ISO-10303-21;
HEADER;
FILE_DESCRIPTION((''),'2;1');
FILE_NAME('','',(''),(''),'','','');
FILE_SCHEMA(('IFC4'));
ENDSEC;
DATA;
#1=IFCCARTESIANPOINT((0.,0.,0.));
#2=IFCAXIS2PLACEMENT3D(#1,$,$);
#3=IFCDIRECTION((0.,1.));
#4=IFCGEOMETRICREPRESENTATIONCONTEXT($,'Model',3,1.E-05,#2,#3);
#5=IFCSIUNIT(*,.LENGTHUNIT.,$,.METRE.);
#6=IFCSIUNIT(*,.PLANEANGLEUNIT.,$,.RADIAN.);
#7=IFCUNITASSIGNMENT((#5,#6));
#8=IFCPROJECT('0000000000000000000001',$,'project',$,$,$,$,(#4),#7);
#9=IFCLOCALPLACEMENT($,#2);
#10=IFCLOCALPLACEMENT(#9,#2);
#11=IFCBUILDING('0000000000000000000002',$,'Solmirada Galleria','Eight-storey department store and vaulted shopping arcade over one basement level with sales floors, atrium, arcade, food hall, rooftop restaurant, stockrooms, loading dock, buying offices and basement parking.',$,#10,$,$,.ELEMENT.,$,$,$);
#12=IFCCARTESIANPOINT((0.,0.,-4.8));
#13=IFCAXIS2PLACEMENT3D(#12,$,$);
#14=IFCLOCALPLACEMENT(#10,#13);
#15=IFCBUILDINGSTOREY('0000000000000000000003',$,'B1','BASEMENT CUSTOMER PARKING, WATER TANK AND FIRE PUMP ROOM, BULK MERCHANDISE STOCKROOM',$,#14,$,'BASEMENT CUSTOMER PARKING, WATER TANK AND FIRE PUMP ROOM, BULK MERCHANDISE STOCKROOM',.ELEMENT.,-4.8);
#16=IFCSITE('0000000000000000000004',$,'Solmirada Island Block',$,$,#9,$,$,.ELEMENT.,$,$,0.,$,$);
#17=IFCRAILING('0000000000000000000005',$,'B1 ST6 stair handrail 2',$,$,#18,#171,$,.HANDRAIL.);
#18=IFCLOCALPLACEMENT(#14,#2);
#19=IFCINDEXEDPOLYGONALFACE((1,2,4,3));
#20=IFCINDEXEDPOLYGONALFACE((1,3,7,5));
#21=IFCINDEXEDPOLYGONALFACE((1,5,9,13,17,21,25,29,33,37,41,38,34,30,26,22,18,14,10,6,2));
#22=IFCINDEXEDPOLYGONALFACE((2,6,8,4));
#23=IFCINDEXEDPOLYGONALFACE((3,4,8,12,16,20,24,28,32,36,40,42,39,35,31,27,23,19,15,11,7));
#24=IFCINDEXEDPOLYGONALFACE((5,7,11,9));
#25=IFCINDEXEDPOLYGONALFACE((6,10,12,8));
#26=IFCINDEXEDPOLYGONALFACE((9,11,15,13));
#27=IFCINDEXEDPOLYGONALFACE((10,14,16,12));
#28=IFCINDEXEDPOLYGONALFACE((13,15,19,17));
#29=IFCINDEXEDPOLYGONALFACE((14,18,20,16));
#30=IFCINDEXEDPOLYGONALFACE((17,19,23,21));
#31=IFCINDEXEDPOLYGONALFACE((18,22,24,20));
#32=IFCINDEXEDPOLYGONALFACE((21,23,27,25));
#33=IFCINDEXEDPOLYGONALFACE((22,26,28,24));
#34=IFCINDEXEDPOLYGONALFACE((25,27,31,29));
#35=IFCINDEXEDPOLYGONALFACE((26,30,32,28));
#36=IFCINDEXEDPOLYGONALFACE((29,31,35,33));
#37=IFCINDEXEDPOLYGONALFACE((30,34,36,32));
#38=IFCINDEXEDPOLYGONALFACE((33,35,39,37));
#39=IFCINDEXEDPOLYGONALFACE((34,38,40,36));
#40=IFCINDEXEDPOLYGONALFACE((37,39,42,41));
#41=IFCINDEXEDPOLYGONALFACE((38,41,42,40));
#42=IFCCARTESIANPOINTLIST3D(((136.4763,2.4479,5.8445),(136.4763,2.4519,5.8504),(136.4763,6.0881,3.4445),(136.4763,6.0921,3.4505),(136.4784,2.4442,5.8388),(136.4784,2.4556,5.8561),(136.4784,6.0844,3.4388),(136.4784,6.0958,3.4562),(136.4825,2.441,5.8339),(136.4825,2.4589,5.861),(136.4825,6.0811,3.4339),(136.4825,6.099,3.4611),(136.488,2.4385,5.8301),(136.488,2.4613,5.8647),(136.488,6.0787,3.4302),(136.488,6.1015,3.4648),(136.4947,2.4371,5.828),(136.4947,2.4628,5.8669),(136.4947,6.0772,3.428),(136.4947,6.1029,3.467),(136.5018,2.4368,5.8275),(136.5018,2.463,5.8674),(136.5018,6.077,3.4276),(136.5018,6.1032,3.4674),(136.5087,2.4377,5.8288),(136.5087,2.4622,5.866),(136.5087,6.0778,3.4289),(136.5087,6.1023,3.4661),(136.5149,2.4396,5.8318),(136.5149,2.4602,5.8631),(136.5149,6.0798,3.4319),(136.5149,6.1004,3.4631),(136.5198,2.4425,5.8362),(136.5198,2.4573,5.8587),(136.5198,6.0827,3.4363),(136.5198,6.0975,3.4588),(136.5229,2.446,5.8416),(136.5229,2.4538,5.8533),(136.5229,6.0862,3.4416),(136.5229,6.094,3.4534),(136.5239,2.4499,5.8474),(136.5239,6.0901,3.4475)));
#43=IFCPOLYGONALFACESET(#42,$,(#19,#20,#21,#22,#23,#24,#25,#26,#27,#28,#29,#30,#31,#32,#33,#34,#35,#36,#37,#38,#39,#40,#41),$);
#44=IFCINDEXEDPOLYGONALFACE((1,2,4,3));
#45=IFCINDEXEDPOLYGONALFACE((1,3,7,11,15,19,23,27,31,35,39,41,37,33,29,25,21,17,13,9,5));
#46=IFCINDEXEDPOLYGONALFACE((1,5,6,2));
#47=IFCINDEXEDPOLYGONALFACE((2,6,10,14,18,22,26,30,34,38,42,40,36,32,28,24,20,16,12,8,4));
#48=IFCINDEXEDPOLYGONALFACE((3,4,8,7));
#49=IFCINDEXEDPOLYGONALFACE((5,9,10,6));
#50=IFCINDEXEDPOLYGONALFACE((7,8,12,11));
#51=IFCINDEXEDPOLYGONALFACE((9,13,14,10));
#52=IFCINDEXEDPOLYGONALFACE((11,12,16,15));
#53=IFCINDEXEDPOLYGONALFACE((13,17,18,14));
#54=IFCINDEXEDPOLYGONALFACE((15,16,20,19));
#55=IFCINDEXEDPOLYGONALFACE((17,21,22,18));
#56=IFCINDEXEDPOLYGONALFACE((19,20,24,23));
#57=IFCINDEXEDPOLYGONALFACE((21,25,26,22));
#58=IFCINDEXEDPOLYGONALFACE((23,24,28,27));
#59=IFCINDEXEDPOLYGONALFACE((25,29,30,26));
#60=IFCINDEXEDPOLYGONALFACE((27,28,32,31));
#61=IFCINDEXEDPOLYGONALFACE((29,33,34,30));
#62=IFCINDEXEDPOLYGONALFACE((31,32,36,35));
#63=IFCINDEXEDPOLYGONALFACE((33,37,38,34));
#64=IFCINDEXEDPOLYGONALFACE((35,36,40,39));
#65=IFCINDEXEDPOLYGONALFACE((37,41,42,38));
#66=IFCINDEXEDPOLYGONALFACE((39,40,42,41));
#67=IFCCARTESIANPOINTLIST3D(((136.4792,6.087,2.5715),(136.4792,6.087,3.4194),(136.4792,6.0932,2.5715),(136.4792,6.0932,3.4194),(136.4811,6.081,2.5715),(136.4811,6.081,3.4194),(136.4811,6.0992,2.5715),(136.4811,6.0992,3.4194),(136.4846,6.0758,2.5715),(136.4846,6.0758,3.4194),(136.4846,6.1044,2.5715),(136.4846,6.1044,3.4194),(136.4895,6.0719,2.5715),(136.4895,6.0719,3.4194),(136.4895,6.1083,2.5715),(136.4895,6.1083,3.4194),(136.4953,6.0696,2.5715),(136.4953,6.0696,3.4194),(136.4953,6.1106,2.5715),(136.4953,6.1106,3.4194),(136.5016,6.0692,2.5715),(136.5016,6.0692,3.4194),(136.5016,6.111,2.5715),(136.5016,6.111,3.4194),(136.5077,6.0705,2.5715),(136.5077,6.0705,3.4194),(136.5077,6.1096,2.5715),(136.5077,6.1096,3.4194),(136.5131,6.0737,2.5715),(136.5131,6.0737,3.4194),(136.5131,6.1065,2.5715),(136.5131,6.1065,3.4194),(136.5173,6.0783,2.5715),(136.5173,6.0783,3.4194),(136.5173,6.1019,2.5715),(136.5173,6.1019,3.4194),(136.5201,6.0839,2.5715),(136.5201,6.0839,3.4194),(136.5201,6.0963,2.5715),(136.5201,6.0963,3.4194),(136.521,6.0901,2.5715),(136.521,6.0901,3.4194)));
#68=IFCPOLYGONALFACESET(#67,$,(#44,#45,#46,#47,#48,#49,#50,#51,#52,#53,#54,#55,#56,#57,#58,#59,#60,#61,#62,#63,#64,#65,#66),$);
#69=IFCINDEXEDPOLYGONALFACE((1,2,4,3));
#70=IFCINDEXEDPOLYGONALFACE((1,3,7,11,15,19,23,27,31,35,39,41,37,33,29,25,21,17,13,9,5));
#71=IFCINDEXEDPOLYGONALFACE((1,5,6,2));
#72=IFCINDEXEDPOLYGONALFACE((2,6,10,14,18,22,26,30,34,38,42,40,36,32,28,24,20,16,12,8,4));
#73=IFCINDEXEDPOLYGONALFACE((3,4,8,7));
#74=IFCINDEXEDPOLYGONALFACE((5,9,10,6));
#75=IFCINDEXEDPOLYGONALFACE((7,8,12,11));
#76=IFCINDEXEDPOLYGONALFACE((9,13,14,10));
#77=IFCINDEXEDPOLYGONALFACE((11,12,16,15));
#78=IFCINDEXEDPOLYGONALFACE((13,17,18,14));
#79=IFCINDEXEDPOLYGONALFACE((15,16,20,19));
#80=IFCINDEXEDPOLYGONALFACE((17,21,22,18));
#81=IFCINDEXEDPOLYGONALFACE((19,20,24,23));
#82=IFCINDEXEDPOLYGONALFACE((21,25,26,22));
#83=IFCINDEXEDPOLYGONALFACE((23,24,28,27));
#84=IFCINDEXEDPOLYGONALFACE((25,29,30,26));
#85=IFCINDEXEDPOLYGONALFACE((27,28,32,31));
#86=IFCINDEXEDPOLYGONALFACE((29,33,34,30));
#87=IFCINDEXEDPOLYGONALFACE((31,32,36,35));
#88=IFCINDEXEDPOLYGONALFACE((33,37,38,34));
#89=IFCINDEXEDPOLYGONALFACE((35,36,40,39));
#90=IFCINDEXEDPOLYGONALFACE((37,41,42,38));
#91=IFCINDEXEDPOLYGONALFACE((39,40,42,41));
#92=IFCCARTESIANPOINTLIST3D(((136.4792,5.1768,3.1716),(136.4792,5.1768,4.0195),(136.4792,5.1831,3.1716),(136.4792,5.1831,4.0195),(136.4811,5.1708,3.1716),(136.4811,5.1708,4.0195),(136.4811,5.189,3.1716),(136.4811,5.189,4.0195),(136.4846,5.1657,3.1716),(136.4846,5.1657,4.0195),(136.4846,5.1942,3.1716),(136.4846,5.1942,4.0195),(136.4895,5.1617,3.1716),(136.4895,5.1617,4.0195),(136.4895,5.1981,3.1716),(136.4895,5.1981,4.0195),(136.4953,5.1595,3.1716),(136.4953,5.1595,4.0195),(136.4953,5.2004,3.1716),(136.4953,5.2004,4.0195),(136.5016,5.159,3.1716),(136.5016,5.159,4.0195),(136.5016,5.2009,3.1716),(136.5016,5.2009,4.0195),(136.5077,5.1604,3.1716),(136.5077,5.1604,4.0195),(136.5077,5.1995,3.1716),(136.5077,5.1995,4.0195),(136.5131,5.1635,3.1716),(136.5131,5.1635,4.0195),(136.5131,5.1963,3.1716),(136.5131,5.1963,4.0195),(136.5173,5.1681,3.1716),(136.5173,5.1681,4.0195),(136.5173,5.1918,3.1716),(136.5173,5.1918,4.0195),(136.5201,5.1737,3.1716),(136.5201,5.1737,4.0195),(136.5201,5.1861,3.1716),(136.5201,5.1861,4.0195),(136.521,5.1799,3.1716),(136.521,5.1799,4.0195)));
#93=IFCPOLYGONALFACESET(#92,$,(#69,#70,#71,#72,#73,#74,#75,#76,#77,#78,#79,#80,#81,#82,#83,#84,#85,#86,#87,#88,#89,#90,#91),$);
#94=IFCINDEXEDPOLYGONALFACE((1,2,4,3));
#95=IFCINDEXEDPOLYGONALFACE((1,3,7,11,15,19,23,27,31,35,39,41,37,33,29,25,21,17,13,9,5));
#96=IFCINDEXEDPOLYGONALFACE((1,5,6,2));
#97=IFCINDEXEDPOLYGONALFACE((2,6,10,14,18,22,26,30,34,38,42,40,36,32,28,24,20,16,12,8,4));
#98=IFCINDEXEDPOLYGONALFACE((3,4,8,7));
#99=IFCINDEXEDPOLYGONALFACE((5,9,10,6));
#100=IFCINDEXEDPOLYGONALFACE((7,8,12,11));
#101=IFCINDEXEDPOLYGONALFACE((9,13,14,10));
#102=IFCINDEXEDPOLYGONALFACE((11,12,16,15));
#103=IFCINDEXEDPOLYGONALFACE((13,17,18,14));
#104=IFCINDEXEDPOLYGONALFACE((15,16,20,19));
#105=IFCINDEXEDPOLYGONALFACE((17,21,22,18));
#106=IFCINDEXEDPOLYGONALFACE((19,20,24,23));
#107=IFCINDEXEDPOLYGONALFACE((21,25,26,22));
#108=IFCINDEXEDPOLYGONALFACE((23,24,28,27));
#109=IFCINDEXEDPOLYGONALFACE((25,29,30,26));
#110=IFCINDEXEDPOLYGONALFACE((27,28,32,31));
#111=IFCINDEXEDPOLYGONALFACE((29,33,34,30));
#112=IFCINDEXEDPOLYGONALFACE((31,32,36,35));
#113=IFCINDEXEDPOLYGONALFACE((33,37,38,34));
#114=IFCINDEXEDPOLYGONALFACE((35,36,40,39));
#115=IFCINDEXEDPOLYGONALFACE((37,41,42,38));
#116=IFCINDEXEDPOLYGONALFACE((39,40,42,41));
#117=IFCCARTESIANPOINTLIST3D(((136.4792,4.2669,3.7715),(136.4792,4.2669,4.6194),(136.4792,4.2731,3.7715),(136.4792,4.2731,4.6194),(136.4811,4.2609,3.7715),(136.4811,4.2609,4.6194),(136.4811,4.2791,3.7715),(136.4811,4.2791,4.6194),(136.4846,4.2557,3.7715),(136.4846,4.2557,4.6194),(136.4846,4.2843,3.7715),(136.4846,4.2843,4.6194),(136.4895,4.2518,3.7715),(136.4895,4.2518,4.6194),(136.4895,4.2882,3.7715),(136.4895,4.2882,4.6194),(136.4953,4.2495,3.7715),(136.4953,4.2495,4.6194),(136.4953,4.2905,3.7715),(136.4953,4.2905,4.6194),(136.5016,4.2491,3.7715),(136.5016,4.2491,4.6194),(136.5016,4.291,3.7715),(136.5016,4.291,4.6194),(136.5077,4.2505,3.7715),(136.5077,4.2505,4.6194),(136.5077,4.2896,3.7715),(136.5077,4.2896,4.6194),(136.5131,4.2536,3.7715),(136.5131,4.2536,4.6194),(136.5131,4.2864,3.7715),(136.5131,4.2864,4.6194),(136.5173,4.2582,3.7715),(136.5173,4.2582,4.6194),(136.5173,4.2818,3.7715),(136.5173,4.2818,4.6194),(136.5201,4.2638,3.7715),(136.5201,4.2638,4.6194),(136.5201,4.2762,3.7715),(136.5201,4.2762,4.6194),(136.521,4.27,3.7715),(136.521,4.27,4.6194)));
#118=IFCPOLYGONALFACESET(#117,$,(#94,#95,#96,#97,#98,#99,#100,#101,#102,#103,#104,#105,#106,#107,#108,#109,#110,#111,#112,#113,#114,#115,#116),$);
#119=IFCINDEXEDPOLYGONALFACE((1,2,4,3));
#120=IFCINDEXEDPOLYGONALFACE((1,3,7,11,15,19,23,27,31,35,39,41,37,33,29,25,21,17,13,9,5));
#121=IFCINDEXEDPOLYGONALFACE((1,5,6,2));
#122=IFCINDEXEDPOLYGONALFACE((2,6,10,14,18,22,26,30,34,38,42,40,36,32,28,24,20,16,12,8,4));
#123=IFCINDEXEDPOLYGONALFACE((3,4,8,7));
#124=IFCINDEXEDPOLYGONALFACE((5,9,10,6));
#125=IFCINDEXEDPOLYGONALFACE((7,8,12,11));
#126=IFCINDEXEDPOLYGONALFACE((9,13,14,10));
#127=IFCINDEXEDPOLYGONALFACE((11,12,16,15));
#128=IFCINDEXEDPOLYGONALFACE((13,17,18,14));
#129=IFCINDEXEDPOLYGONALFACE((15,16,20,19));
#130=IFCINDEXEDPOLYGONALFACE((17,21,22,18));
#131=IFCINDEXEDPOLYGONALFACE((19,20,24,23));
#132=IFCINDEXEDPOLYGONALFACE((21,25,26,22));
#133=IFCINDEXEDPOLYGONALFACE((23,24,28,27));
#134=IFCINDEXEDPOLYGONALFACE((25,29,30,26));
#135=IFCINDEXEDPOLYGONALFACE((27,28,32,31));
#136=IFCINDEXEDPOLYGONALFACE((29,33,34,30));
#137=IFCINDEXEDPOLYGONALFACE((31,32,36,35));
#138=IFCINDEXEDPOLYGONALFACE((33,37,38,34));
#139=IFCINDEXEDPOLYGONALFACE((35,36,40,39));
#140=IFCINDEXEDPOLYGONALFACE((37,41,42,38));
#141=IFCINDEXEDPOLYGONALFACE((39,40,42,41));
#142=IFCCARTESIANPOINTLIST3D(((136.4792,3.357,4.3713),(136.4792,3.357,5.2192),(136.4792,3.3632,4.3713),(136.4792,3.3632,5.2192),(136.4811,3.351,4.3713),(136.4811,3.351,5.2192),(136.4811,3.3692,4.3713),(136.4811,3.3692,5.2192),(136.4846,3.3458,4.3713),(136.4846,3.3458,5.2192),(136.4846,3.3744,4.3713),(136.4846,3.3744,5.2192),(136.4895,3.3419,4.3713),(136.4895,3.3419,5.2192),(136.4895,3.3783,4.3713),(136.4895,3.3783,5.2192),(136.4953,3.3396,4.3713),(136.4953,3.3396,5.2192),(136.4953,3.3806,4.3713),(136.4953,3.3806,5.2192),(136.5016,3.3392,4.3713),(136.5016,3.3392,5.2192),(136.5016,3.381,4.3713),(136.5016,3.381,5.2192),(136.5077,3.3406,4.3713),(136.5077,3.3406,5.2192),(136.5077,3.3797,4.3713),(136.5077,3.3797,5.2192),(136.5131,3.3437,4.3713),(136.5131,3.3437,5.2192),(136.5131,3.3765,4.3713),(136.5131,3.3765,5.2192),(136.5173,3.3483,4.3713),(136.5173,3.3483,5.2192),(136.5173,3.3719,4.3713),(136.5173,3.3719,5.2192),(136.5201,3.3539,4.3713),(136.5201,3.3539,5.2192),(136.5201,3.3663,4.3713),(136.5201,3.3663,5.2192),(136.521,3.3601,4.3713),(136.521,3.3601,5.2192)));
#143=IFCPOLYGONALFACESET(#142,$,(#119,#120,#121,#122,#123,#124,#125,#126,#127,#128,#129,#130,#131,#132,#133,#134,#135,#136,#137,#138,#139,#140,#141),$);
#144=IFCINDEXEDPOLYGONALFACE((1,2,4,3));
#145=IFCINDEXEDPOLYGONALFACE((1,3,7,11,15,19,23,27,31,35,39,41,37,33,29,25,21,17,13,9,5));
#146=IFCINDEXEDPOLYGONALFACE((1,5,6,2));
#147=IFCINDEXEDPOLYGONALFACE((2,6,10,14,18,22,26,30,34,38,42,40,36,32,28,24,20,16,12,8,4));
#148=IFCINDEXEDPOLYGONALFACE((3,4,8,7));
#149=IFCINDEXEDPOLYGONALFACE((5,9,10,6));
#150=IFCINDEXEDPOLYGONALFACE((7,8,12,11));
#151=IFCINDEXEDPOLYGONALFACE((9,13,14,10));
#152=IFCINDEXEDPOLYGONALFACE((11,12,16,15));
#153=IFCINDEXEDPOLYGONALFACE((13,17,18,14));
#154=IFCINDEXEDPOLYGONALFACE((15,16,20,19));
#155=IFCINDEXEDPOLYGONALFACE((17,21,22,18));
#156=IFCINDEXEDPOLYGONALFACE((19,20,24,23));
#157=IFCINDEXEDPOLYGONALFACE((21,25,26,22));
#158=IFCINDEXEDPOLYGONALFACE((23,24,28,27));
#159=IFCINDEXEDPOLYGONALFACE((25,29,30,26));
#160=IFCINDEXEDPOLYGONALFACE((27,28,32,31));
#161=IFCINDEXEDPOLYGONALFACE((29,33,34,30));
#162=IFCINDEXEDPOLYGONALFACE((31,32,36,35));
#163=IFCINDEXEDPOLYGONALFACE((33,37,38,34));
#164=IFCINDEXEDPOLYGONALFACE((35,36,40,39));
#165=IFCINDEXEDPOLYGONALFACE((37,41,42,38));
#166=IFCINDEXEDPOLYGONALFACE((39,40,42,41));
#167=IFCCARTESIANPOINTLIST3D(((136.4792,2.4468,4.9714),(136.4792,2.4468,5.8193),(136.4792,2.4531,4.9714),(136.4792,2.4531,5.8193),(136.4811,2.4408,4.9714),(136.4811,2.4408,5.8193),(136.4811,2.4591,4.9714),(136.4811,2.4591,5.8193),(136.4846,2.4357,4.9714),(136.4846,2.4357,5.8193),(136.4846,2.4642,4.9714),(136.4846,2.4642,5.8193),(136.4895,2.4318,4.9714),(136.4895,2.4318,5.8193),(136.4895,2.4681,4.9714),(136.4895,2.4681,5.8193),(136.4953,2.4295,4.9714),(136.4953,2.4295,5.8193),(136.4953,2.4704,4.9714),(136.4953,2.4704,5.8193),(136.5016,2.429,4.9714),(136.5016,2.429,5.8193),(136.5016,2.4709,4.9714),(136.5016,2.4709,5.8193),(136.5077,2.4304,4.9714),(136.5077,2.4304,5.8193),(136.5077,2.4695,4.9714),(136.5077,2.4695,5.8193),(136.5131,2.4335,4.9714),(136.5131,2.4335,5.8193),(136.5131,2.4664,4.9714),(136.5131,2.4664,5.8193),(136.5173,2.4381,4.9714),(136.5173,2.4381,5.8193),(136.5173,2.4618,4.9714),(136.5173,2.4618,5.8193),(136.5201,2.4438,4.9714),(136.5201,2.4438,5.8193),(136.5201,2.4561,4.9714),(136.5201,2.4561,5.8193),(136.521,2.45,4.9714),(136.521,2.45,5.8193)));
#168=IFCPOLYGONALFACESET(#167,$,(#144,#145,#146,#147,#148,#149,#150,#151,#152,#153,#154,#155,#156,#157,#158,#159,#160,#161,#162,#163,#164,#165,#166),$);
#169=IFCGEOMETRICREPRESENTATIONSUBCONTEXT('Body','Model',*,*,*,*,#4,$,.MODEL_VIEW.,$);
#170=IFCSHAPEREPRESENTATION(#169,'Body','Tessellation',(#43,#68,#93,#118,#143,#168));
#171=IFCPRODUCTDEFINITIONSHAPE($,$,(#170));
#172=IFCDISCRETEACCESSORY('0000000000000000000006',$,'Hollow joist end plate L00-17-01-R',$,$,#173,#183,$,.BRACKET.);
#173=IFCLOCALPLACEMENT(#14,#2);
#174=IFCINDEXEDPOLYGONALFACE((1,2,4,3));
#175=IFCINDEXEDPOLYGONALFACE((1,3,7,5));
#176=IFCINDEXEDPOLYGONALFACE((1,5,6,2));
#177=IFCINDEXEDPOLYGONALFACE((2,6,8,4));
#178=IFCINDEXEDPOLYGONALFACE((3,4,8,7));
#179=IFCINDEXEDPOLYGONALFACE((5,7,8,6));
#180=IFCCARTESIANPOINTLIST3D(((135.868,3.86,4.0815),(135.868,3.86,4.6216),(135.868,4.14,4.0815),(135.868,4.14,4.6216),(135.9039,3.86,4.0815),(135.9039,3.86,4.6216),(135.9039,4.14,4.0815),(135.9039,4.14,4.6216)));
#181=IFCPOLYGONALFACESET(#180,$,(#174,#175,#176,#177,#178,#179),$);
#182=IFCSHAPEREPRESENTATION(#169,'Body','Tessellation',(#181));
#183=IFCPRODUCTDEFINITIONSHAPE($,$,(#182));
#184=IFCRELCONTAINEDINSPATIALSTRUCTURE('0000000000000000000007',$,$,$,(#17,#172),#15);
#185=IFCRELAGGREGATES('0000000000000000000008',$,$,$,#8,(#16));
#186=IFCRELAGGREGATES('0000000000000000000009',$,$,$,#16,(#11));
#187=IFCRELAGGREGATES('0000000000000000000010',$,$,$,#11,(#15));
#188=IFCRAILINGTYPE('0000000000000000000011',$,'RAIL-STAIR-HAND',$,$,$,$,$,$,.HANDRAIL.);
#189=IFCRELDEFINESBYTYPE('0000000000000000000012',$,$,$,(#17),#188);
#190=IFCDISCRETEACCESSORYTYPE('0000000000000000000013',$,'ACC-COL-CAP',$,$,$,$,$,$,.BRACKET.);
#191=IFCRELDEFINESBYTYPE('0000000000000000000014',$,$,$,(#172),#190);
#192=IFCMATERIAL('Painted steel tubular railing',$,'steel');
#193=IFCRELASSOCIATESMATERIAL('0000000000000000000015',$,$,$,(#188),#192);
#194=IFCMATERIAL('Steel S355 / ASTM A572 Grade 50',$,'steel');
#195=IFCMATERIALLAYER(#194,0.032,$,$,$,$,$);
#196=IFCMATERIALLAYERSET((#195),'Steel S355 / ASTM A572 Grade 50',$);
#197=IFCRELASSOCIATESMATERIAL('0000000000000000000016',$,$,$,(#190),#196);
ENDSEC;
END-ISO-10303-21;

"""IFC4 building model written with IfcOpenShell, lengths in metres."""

from ifc_helpers import new_model, si_unit, direction, frame, origin, origin_2d, place, context, subcontext, project, spatial, rectangle, circle, extrude, material, layer, layer_set, type_object, element, save


model = new_model("IFC4")

# Units and contexts
model_context = context("Model", 3, precision=1e-05, world=origin(), true_north=direction((0.0, 1.0)))
body_context = subcontext(model_context, "Body", "Model", "MODEL_VIEW")
ifc_project = project(units=[si_unit("LENGTHUNIT", "METRE"), si_unit("PLANEANGLEUNIT", "RADIAN")], contexts=[model_context])

# Site, building, storey
site_placement = place(None, origin())
site = spatial("IfcSite", under=ifc_project, at=site_placement, Name="Solmirada Island Block", CompositionType="ELEMENT", RefElevation=0.0)
building_placement = place(site_placement, origin())
building = spatial("IfcBuilding", under=site, at=building_placement, Name="Solmirada Galleria", Description="Eight-storey department store and vaulted shopping arcade over one basement level with sales floors, atrium, arcade, food hall, rooftop restaurant, stockrooms, loading dock, buying offices and basement parking.", CompositionType="ELEMENT")
storey_placement = place(building_placement, frame((0.0, 0.0, -4.8)))
storey = spatial("IfcBuildingStorey", under=building, at=storey_placement, Name="B1", Description="BASEMENT CUSTOMER PARKING, WATER TANK AND FIRE PUMP ROOM, BULK MERCHANDISE STOCKROOM", LongName="BASEMENT CUSTOMER PARKING, WATER TANK AND FIRE PUMP ROOM, BULK MERCHANDISE STOCKROOM", CompositionType="ELEMENT", Elevation=-4.8)

# Railing
ifc_material_1 = material(Name="Painted steel tubular railing", Category="steel")
railing_type_1 = type_object("IfcRailingType", Name="RAIL-STAIR-HAND", PredefinedType="HANDRAIL", material=ifc_material_1)
railing_1_placement = place(storey_placement, frame((136.5, 6.0901, 2.5715)))
element("IfcRailing", 1, at=railing_1_placement, inside=storey, type_object=railing_type_1, Name="B1 ST6 stair handrail 2", PredefinedType="HANDRAIL", context=body_context, shape_type="SweptSolid", body=[
    extrude(circle(Radius=0.0239, at=origin_2d()), frame((0.0, 0.0, 0.876), z_axis=(0.0, -0.834882, 0.550429), x_axis=(1.0, 0.0, 0.0)), (0.0, 0.0, 1.0), 4.3601),
    extrude(circle(Radius=0.021, at=origin_2d()), origin(), (0.0, 0.0, 1.0), 0.8479),
    extrude(circle(Radius=0.021, at=origin_2d()), frame((0.0, -0.9102, 0.6001)), (0.0, 0.0, 1.0), 0.8479),
    extrude(circle(Radius=0.021, at=origin_2d()), frame((0.0, -1.8201, 1.2)), (0.0, 0.0, 1.0), 0.8479),
    extrude(circle(Radius=0.021, at=origin_2d()), frame((0.0, -2.73, 1.7998)), (0.0, 0.0, 1.0), 0.8479),
    extrude(circle(Radius=0.021, at=origin_2d()), frame((0.0, -3.6401, 2.3999)), (0.0, 0.0, 1.0), 0.8479),
])

# Discrete accessory
ifc_material_2 = material(Name="Steel S355 / ASTM A572 Grade 50", Category="steel")
ifc_layer_1 = layer(ifc_material_2, 0.032)
ifc_layer_set_1 = layer_set([ifc_layer_1], Name="Steel S355 / ASTM A572 Grade 50")
discrete_accessory_type = type_object("IfcDiscreteAccessoryType", Name="ACC-COL-CAP", PredefinedType="BRACKET", material=ifc_layer_set_1)
discrete_accessory_placement = place(storey_placement, frame((135.886, 4.0, 4.0815), z_axis=(0.0, 0.0, 1.0), x_axis=(1.0, 0.0, 0.0)))
element("IfcDiscreteAccessory", 2, at=discrete_accessory_placement, inside=storey, type_object=discrete_accessory_type, Name="Hollow joist end plate L00-17-01-R", PredefinedType="BRACKET", context=body_context, shape_type="SweptSolid", body=[
    extrude(rectangle(XDim=0.0359, YDim=0.28, at=origin_2d()), origin(), (0.0, 0.0, 1.0), 0.54),
])

save(model, "model.ifc")
